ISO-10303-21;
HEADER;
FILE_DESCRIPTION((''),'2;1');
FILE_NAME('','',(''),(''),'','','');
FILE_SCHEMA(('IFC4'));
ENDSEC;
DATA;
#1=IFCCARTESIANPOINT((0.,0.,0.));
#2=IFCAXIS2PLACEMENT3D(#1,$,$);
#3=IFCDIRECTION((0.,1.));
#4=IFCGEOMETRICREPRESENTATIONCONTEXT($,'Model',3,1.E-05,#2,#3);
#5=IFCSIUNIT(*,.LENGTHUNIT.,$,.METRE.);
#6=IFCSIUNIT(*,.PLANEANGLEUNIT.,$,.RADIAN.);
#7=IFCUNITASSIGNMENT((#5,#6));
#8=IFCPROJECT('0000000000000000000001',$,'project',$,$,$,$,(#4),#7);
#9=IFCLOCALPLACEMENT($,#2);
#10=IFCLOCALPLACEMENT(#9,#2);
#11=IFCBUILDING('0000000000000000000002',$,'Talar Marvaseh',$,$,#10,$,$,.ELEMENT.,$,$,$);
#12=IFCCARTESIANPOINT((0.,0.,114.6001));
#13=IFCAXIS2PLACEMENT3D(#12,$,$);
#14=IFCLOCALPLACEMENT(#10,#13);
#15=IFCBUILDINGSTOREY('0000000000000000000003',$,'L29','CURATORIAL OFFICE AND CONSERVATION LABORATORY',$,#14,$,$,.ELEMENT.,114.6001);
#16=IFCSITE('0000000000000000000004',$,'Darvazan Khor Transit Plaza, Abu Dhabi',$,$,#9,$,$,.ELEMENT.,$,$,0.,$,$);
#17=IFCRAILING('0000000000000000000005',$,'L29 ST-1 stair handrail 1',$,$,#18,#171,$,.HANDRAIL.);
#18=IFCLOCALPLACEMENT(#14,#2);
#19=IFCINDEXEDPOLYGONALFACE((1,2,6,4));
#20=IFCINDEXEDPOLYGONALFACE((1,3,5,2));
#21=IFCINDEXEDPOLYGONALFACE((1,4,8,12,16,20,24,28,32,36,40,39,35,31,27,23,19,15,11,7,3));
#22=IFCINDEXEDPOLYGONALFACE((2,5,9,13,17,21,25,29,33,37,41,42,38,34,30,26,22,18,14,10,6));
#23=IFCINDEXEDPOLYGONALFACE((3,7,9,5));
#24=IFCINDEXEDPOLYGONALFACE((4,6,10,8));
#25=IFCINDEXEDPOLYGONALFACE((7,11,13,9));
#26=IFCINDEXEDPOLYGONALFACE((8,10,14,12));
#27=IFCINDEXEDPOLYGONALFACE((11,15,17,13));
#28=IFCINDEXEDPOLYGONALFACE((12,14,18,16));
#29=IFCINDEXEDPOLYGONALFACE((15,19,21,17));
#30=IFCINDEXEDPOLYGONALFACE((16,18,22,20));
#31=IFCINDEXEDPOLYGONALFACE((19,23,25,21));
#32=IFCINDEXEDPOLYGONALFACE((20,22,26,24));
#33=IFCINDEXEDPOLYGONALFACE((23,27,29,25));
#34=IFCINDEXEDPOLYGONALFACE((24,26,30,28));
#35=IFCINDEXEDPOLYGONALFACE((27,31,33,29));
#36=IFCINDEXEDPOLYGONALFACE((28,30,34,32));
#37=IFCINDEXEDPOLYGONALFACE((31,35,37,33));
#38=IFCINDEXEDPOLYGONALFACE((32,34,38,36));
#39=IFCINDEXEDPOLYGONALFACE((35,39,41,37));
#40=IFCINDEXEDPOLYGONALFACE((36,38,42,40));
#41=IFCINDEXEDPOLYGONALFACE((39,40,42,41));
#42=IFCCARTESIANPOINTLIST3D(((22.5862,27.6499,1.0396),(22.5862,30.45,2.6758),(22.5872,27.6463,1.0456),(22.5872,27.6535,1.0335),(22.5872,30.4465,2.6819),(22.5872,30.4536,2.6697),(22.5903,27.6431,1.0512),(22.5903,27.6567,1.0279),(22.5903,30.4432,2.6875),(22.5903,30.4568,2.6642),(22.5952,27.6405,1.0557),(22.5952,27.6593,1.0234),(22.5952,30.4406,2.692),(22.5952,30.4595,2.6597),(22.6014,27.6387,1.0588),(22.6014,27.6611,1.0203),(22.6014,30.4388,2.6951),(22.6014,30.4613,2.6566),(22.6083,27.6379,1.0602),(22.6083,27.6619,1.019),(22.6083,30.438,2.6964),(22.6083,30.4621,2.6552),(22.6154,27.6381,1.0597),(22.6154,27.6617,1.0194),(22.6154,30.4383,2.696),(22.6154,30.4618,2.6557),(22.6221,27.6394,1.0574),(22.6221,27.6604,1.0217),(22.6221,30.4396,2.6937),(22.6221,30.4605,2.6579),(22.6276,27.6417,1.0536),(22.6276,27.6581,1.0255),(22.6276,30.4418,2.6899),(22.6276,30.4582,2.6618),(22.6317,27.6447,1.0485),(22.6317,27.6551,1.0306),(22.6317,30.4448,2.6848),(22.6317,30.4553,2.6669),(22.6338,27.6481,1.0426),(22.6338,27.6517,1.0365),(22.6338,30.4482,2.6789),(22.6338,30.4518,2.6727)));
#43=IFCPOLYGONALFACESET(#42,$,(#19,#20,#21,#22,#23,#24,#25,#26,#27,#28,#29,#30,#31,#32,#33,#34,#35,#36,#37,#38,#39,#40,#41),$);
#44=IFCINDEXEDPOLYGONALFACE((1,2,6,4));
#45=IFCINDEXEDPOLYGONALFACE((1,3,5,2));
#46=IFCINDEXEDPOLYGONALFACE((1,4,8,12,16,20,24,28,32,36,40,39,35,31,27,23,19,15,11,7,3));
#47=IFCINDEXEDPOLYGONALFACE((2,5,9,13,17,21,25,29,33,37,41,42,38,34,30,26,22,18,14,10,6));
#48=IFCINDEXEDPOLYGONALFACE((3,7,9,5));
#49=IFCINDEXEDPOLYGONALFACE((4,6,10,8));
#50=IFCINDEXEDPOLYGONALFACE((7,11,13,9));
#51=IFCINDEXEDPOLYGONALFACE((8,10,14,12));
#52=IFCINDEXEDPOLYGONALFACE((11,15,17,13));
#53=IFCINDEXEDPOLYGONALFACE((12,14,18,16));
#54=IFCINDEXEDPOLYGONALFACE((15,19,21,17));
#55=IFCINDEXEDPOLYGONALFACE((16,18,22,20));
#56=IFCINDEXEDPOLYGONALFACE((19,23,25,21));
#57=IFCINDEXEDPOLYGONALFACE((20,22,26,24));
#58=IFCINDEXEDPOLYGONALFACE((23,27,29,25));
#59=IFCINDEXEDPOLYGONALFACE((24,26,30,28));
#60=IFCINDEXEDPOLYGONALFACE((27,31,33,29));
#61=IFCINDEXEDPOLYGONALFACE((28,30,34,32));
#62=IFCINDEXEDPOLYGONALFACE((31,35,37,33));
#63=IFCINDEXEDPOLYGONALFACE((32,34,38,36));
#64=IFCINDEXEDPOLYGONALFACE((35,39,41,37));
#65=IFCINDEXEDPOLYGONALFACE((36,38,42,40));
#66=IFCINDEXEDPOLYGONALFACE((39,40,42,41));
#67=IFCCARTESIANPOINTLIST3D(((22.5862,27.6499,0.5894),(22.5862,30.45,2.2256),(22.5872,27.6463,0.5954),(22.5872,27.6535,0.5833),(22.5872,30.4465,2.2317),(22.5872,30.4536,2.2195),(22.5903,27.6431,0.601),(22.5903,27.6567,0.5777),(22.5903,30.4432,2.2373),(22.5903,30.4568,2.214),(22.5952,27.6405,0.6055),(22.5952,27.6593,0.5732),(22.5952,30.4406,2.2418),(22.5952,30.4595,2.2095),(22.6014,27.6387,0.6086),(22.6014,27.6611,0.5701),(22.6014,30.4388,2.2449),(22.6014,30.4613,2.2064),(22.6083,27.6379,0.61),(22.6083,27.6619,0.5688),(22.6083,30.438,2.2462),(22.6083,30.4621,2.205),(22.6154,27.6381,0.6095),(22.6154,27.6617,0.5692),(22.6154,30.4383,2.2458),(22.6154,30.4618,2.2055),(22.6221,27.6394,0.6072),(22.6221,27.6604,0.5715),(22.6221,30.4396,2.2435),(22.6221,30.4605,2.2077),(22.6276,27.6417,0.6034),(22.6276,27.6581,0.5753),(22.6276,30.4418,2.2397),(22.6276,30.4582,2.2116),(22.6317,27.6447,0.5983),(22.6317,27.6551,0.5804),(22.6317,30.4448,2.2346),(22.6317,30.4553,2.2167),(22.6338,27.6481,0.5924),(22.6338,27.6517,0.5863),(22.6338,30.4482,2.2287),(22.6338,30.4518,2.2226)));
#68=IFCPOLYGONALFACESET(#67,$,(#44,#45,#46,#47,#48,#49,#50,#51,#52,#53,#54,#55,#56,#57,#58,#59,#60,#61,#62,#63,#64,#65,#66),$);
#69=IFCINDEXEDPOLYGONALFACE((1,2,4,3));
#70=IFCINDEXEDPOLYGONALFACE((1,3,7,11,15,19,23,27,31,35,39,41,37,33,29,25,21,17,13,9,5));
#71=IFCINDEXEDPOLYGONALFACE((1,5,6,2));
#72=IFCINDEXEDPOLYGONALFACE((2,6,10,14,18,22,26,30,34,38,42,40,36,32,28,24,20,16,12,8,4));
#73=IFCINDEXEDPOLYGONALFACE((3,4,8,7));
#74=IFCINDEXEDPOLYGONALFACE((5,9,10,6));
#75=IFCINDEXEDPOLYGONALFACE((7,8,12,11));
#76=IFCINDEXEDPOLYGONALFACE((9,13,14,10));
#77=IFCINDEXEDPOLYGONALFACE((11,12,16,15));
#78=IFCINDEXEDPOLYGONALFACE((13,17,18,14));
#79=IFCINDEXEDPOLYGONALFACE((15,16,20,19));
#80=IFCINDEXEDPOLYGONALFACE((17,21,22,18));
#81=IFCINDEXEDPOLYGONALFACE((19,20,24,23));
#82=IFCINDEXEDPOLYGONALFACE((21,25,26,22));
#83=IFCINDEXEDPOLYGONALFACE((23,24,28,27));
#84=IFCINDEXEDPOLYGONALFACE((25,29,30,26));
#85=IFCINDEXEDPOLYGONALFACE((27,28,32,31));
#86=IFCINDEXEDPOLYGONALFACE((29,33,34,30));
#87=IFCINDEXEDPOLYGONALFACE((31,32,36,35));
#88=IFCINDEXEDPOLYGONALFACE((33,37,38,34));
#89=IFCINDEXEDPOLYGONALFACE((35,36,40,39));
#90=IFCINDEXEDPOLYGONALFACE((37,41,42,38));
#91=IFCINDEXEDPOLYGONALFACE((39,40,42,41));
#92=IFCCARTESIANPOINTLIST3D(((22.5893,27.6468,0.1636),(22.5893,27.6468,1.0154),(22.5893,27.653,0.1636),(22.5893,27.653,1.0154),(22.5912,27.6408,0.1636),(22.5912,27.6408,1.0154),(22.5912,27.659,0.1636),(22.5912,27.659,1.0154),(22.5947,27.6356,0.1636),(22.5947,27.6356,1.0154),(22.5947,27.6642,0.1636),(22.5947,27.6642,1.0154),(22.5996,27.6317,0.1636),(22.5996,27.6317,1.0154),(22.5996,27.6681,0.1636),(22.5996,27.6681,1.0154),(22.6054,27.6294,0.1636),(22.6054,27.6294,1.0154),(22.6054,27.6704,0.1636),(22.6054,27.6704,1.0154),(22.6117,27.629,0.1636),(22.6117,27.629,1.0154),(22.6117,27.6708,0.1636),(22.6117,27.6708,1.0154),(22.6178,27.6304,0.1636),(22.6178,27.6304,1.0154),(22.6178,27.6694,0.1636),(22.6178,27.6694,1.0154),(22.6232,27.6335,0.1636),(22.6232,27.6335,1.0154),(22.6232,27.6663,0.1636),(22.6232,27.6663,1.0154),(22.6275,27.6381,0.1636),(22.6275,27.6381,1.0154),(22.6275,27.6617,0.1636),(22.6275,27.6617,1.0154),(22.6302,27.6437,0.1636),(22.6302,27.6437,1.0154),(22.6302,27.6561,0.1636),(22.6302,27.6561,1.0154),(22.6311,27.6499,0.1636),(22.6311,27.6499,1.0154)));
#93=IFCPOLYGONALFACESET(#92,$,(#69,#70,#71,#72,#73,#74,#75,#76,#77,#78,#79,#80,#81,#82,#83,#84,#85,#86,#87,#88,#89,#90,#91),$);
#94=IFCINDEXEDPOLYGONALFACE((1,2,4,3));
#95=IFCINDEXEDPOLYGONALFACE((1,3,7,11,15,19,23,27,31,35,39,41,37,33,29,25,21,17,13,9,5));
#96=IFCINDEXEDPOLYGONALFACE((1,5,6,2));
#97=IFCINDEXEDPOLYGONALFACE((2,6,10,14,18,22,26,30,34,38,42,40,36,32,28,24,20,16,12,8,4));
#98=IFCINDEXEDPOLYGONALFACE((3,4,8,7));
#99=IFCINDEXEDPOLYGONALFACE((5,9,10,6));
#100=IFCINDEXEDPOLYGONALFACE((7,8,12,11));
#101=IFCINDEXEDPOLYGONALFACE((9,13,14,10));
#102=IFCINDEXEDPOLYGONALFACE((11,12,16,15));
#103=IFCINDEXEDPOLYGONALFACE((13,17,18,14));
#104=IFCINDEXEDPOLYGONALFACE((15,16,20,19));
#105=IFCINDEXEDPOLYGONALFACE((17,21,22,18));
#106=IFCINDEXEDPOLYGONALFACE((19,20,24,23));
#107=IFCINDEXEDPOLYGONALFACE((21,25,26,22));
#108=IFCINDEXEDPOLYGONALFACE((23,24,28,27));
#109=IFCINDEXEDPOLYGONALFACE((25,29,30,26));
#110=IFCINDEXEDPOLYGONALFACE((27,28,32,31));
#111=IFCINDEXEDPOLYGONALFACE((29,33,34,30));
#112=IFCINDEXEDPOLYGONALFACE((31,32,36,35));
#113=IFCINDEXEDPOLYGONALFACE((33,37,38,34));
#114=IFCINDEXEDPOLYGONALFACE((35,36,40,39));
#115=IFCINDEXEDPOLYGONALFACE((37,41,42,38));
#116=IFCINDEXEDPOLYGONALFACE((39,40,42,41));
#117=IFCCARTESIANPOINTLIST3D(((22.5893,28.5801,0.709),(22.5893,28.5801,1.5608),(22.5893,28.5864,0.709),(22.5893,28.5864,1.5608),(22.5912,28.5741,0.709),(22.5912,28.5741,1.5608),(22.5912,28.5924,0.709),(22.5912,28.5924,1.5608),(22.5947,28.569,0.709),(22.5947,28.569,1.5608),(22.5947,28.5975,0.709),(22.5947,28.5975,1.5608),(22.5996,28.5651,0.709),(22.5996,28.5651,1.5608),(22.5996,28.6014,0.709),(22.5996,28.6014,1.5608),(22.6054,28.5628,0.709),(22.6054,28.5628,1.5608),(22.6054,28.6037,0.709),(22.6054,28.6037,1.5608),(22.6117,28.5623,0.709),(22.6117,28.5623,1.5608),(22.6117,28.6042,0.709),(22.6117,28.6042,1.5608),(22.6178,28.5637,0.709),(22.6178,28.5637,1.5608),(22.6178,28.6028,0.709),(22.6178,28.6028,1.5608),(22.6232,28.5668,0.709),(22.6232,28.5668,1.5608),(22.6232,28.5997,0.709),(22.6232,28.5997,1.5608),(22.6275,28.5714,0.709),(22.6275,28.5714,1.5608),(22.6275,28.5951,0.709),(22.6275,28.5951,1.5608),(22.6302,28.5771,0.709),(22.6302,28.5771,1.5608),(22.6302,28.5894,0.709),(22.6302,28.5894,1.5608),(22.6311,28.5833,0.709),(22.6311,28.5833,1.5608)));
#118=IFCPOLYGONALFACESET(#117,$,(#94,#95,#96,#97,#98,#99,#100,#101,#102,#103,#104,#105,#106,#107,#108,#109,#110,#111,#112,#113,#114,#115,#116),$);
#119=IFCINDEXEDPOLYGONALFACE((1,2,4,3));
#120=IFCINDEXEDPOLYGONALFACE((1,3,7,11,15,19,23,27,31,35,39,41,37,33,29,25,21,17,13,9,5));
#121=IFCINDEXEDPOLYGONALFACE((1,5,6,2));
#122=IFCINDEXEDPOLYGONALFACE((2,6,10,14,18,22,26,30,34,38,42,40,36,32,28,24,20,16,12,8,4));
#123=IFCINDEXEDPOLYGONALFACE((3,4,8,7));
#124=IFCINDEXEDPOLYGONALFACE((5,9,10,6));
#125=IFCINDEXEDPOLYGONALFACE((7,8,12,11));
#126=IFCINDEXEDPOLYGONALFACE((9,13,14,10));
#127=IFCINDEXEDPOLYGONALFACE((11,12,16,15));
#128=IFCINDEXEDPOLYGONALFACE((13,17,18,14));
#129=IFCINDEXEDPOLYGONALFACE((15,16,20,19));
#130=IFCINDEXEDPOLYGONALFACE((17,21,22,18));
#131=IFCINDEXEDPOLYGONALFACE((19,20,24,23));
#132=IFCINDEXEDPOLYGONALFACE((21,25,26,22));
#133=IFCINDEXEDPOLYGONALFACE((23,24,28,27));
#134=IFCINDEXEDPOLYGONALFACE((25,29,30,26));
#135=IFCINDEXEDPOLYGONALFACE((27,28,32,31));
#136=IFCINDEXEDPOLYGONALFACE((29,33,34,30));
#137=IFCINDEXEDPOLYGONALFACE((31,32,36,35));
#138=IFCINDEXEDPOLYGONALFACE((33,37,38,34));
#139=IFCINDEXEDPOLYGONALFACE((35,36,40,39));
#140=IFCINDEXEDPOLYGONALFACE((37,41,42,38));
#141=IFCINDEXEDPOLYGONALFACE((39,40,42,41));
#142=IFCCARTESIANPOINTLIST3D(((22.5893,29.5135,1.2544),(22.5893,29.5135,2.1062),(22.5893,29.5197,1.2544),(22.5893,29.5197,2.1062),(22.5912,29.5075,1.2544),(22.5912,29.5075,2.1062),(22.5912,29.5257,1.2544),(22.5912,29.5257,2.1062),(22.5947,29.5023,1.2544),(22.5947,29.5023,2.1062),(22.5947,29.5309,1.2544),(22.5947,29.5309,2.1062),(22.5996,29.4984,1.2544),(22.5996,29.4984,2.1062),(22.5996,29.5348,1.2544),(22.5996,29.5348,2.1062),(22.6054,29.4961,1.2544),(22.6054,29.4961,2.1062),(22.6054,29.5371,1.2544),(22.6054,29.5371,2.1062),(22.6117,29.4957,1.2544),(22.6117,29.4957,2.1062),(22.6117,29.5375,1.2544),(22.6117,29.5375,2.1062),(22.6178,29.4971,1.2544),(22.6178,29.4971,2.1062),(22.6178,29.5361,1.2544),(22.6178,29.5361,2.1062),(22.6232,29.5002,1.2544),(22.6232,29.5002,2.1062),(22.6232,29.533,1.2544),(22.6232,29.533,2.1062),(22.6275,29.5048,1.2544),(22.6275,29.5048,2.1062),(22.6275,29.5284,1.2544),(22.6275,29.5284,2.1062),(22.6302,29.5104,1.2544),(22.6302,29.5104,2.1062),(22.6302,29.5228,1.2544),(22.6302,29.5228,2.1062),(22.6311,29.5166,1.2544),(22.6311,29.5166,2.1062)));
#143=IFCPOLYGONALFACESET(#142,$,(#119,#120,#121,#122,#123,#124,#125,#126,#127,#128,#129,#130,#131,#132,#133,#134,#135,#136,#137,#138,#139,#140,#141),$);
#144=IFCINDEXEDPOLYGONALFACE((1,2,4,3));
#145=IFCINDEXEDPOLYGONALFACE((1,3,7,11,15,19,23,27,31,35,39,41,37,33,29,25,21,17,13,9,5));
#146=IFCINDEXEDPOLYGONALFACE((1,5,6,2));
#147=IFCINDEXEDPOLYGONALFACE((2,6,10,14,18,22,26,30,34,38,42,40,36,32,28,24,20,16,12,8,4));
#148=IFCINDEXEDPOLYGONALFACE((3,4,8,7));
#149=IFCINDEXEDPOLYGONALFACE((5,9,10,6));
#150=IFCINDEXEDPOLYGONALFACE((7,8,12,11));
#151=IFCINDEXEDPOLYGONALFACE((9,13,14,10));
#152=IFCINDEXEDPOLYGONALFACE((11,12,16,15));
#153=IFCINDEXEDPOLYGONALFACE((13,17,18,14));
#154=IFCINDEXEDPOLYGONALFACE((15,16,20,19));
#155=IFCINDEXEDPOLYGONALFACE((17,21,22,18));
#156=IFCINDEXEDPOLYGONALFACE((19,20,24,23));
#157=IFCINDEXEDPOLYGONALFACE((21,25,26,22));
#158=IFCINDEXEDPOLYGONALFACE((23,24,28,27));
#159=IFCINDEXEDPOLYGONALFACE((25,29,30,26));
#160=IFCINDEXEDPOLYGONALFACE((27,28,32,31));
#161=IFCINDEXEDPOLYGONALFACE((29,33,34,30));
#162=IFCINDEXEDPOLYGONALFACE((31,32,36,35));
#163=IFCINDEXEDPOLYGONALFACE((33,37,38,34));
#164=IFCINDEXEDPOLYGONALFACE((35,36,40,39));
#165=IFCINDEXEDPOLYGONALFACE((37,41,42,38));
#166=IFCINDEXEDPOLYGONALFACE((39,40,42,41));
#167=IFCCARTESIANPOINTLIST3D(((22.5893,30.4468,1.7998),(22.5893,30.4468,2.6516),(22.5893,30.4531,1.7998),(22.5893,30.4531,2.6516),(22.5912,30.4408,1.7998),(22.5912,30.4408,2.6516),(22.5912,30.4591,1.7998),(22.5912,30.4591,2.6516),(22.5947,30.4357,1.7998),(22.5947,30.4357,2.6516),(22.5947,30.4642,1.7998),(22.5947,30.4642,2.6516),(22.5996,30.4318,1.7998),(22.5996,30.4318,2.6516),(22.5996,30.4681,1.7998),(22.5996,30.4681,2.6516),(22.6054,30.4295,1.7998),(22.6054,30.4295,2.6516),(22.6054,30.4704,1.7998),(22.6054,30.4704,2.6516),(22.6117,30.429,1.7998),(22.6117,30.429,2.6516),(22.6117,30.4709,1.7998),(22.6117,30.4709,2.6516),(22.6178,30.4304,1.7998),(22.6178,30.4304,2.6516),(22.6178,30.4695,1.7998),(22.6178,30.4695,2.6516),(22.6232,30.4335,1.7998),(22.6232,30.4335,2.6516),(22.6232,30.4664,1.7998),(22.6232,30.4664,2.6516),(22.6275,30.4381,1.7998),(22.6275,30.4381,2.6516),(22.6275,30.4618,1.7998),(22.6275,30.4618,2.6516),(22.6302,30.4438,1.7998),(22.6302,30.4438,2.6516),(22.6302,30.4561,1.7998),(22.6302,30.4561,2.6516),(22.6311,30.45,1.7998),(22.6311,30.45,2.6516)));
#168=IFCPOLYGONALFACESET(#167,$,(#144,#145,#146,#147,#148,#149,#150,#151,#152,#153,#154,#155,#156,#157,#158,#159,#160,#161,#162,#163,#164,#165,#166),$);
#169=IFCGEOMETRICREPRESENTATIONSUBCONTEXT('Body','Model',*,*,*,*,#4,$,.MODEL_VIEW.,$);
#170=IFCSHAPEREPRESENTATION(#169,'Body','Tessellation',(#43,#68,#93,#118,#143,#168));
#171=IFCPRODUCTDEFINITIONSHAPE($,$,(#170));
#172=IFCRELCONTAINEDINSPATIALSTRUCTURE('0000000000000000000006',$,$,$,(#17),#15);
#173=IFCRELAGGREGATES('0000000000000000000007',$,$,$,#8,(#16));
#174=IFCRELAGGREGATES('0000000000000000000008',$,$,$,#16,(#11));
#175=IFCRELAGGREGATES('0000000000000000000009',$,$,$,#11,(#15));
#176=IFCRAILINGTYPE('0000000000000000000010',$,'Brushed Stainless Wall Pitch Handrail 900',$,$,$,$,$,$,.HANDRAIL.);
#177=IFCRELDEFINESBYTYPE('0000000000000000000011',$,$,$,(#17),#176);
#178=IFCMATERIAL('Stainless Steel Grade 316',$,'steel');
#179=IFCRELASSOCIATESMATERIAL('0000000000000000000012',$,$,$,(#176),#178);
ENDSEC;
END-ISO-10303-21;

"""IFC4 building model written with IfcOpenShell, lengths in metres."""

from ifc_helpers import new_model, si_unit, direction, frame, origin, origin_2d, place, context, subcontext, project, spatial, circle, extrude, material, type_object, element, save


model = new_model("IFC4")

# Units and contexts
model_context = context("Model", 3, precision=1e-05, world=origin(), true_north=direction((0.0, 1.0)))
body_context = subcontext(model_context, "Body", "Model", "MODEL_VIEW")
ifc_project = project(units=[si_unit("LENGTHUNIT", "METRE"), si_unit("PLANEANGLEUNIT", "RADIAN")], contexts=[model_context])

# Site, building, storey
site_placement = place(None, origin())
site = spatial("IfcSite", under=ifc_project, at=site_placement, Name="Darvazan Khor Transit Plaza, Abu Dhabi", CompositionType="ELEMENT", RefElevation=0.0)
building_placement = place(site_placement, origin())
building = spatial("IfcBuilding", under=site, at=building_placement, Name="Talar Marvaseh", CompositionType="ELEMENT")
storey_placement = place(building_placement, frame((0.0, 0.0, 114.6001)))
storey = spatial("IfcBuildingStorey", under=building, at=storey_placement, Name="L29", Description="CURATORIAL OFFICE AND CONSERVATION LABORATORY", CompositionType="ELEMENT", Elevation=114.6001)

# Railing
ifc_material_1 = material(Name="Stainless Steel Grade 316", Category="steel")
railing_type_1 = type_object("IfcRailingType", Name="Brushed Stainless Wall Pitch Handrail 900", PredefinedType="HANDRAIL", material=ifc_material_1)
railing_1_placement = place(storey_placement, frame((22.6101, 27.6499, 0.1636)))
element("IfcRailing", 1, at=railing_1_placement, inside=storey, type_object=railing_type_1, Name="L29 ST-1 stair handrail 1", PredefinedType="HANDRAIL", context=body_context, shape_type="SweptSolid", body=[
    extrude(circle(Radius=0.0239, at=origin_2d()), frame((0.0, 0.0, 0.876), z_axis=(0.0, 0.863394, 0.504531), x_axis=(-1.0, 0.0, 0.0)), (0.0, 0.0, 1.0), 3.2432),
    extrude(circle(Radius=0.0239, at=origin_2d()), frame((0.0, 0.0, 0.4258), z_axis=(0.0, 0.863394, 0.504531), x_axis=(-1.0, 0.0, 0.0)), (0.0, 0.0, 1.0), 3.2432),
    extrude(circle(Radius=0.021, at=origin_2d()), origin(), (0.0, 0.0, 1.0), 0.8518),
    extrude(circle(Radius=0.021, at=origin_2d()), frame((0.0, 0.9333, 0.5454)), (0.0, 0.0, 1.0), 0.8518),
    extrude(circle(Radius=0.021, at=origin_2d()), frame((0.0, 1.8667, 1.0908)), (0.0, 0.0, 1.0), 0.8518),
    extrude(circle(Radius=0.021, at=origin_2d()), frame((0.0, 2.8, 1.6362)), (0.0, 0.0, 1.0), 0.8518),
])

save(model, "model.ifc")
